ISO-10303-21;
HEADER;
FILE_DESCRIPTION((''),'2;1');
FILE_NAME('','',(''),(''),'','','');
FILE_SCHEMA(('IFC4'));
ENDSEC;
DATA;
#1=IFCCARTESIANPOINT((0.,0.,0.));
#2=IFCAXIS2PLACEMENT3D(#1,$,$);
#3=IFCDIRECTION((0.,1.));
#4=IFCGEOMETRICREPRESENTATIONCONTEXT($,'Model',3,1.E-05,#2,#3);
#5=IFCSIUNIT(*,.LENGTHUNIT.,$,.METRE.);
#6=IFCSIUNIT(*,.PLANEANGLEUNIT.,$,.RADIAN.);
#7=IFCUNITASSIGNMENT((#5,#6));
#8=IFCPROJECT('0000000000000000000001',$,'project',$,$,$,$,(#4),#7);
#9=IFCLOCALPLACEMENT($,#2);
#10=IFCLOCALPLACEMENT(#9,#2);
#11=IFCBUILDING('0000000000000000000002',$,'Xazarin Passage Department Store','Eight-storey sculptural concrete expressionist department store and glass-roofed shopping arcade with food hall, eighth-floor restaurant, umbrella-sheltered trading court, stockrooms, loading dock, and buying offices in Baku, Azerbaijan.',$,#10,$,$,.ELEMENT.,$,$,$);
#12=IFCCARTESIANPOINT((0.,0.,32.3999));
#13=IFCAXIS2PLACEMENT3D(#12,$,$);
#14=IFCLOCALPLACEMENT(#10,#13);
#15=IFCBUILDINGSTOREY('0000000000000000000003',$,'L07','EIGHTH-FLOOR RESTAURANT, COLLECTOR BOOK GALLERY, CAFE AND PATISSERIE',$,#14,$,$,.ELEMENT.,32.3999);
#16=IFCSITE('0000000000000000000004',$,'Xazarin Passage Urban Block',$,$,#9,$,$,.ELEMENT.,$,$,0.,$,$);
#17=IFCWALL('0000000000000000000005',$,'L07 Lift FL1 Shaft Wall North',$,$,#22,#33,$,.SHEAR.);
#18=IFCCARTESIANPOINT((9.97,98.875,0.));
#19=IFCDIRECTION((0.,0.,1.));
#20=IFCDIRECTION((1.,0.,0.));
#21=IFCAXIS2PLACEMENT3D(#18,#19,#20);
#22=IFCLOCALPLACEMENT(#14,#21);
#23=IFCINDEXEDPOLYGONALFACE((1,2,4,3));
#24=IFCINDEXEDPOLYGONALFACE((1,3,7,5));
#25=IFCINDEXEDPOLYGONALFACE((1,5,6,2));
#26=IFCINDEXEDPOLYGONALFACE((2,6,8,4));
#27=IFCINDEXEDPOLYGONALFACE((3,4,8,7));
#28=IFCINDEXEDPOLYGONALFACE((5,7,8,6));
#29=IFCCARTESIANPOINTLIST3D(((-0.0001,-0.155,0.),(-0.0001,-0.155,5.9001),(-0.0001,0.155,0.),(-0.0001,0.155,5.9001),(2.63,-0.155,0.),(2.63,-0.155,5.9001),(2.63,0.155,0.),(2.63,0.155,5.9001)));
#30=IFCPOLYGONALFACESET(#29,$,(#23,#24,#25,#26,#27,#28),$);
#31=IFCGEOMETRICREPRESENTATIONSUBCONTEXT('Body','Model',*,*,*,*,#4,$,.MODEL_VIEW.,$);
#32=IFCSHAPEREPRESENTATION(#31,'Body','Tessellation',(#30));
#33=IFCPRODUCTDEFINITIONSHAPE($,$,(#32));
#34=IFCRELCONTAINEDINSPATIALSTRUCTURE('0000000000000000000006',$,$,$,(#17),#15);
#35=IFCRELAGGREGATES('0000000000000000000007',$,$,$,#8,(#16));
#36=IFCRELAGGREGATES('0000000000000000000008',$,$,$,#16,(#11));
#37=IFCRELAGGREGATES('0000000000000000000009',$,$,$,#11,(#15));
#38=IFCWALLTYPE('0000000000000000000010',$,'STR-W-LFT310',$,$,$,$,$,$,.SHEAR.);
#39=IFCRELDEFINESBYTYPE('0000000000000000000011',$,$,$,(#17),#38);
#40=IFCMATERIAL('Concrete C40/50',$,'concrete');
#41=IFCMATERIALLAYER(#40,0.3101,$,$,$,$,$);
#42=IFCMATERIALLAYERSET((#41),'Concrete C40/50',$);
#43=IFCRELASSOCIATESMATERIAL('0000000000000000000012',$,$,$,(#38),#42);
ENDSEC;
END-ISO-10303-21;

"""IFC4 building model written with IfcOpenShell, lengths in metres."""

from ifc_helpers import new_model, si_unit, direction, frame, frame_2d, origin, place, context, subcontext, project, spatial, rectangle, extrude, material, layer, layer_set, type_object, element, save


model = new_model("IFC4")

# Units and contexts
model_context = context("Model", 3, precision=1e-05, world=origin(), true_north=direction((0.0, 1.0)))
body_context = subcontext(model_context, "Body", "Model", "MODEL_VIEW")
ifc_project = project(units=[si_unit("LENGTHUNIT", "METRE"), si_unit("PLANEANGLEUNIT", "RADIAN")], contexts=[model_context])

# Site, building, storey
site_placement = place(None, origin())
site = spatial("IfcSite", under=ifc_project, at=site_placement, Name="Xazarin Passage Urban Block", CompositionType="ELEMENT", RefElevation=0.0)
building_placement = place(site_placement, origin())
building = spatial("IfcBuilding", under=site, at=building_placement, Name="Xazarin Passage Department Store", Description="Eight-storey sculptural concrete expressionist department store and glass-roofed shopping arcade with food hall, eighth-floor restaurant, umbrella-sheltered trading court, stockrooms, loading dock, and buying offices in Baku, Azerbaijan.", CompositionType="ELEMENT")
storey_placement = place(building_placement, frame((0.0, 0.0, 32.3999)))
storey = spatial("IfcBuildingStorey", under=building, at=storey_placement, Name="L07", Description="EIGHTH-FLOOR RESTAURANT, COLLECTOR BOOK GALLERY, CAFE AND PATISSERIE", CompositionType="ELEMENT", Elevation=32.3999)

# Shared definitions
ifc_material_1 = material(Name="Concrete C40/50", Category="concrete")

# Wall
ifc_layer_1 = layer(ifc_material_1, 0.3101)
ifc_layer_set_1 = layer_set([ifc_layer_1], Name="Concrete C40/50")
wall_type_1 = type_object("IfcWallType", Name="STR-W-LFT310", PredefinedType="SHEAR", material=ifc_layer_set_1)
wall_1_placement = place(storey_placement, frame((9.97, 98.875, 0.0), z_axis=(0.0, 0.0, 1.0), x_axis=(1.0, 0.0, 0.0)))
element("IfcWall", 1, at=wall_1_placement, inside=storey, type_object=wall_type_1, Name="L07 Lift FL1 Shaft Wall North", PredefinedType="SHEAR", context=body_context, shape_type="SweptSolid", body=[
    extrude(rectangle(XDim=2.6301, YDim=0.3101, at=frame_2d((1.3149, 0.0))), origin(), (0.0, 0.0, 1.0), 5.9001),
])

save(model, "model.ifc")
